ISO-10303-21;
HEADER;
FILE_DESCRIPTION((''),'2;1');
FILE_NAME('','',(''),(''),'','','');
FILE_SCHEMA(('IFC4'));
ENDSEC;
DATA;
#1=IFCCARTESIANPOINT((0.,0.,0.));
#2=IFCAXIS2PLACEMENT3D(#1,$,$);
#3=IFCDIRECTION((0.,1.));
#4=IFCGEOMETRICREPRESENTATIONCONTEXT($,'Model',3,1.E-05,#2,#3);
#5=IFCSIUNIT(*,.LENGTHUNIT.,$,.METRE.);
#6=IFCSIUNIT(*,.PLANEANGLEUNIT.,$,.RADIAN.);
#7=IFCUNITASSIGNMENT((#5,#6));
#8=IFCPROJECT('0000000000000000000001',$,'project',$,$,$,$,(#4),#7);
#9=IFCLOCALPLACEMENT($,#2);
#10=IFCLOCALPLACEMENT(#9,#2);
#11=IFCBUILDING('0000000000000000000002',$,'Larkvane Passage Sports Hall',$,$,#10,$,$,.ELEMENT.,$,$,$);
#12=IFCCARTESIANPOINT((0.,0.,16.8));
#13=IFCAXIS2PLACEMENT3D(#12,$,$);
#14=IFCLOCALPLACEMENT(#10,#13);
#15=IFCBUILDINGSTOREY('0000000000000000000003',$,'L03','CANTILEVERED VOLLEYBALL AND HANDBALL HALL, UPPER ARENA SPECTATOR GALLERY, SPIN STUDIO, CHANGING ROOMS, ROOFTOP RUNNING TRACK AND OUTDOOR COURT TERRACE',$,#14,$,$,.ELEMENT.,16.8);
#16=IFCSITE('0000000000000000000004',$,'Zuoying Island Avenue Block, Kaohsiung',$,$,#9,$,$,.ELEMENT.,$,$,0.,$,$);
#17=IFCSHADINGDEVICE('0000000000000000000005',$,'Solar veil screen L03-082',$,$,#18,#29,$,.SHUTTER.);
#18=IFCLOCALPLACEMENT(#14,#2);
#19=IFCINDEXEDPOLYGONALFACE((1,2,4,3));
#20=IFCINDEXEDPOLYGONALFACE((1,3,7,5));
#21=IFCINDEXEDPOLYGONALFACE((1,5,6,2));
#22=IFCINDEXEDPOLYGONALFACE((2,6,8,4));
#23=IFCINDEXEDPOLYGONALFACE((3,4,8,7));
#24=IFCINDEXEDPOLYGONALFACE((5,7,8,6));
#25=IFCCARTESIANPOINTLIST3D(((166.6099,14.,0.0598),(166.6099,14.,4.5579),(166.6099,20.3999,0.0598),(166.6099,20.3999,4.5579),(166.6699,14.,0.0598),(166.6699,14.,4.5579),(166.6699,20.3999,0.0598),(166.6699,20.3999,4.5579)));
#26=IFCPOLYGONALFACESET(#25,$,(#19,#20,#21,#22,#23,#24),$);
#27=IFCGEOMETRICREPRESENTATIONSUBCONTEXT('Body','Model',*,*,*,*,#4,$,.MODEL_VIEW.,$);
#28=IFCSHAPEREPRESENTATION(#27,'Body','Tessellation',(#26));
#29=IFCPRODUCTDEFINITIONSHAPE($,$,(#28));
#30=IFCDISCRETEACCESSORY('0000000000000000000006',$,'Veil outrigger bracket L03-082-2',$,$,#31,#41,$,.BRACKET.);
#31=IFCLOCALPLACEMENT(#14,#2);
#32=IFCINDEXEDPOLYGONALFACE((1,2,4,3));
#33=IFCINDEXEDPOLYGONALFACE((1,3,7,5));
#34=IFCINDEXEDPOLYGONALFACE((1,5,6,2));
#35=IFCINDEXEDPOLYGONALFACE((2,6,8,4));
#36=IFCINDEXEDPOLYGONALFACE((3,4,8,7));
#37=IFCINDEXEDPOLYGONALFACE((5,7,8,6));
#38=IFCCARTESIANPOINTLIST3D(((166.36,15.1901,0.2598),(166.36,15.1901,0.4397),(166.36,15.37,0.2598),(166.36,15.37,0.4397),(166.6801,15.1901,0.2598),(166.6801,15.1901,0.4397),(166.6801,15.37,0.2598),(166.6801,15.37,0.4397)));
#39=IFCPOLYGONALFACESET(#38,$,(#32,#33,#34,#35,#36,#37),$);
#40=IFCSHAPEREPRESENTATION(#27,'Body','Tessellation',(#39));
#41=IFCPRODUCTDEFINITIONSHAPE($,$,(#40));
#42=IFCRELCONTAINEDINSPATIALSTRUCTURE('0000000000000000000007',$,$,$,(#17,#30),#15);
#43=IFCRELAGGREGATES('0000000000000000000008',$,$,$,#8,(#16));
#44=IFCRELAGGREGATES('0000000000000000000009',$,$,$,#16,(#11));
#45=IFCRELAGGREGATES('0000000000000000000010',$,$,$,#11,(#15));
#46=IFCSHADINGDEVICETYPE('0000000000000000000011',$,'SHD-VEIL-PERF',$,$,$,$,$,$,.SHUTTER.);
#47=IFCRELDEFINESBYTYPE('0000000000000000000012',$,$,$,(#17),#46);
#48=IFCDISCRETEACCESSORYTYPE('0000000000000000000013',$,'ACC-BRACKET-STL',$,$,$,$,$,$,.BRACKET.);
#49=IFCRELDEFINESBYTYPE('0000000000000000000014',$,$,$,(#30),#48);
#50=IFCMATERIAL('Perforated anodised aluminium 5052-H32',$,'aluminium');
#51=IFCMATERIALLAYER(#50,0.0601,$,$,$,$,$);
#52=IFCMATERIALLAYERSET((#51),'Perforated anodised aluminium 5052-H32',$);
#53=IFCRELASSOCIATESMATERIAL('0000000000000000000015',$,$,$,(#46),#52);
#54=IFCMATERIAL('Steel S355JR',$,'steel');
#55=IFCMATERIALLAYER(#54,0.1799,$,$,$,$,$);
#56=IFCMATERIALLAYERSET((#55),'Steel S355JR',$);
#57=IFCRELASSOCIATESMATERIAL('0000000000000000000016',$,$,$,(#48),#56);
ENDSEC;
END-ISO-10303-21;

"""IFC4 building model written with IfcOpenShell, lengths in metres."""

from ifc_helpers import new_model, si_unit, direction, frame, origin, origin_2d, place, context, subcontext, project, spatial, rectangle, extrude, material, layer, layer_set, type_object, element, save


model = new_model("IFC4")

# Units and contexts
model_context = context("Model", 3, precision=1e-05, world=origin(), true_north=direction((0.0, 1.0)))
body_context = subcontext(model_context, "Body", "Model", "MODEL_VIEW")
ifc_project = project(units=[si_unit("LENGTHUNIT", "METRE"), si_unit("PLANEANGLEUNIT", "RADIAN")], contexts=[model_context])

# Site, building, storey
site_placement = place(None, origin())
site = spatial("IfcSite", under=ifc_project, at=site_placement, Name="Zuoying Island Avenue Block, Kaohsiung", CompositionType="ELEMENT", RefElevation=0.0)
building_placement = place(site_placement, origin())
building = spatial("IfcBuilding", under=site, at=building_placement, Name="Larkvane Passage Sports Hall", CompositionType="ELEMENT")
storey_placement = place(building_placement, frame((0.0, 0.0, 16.8)))
storey = spatial("IfcBuildingStorey", under=building, at=storey_placement, Name="L03", Description="CANTILEVERED VOLLEYBALL AND HANDBALL HALL, UPPER ARENA SPECTATOR GALLERY, SPIN STUDIO, CHANGING ROOMS, ROOFTOP RUNNING TRACK AND OUTDOOR COURT TERRACE", CompositionType="ELEMENT", Elevation=16.8)

# Shading device
ifc_material_1 = material(Name="Perforated anodised aluminium 5052-H32", Category="aluminium")
ifc_layer_1 = layer(ifc_material_1, 0.0601)
ifc_layer_set_1 = layer_set([ifc_layer_1], Name="Perforated anodised aluminium 5052-H32")
shading_device_type = type_object("IfcShadingDeviceType", Name="SHD-VEIL-PERF", PredefinedType="SHUTTER", material=ifc_layer_set_1)
shading_device_placement = place(storey_placement, frame((166.6399, 17.2, 0.0598), z_axis=(0.0, 0.0, 1.0), x_axis=(0.0, -1.0, 0.0)))
element("IfcShadingDevice", 1, at=shading_device_placement, inside=storey, type_object=shading_device_type, Name="Solar veil screen L03-082", PredefinedType="SHUTTER", context=body_context, shape_type="SweptSolid", body=[
    extrude(rectangle(XDim=6.3999, YDim=0.0601, at=origin_2d()), origin(), (0.0, 0.0, 1.0), 4.498),
])

# Discrete accessory
ifc_material_2 = material(Name="Steel S355JR", Category="steel")
ifc_layer_2 = layer(ifc_material_2, 0.1799)
ifc_layer_set_2 = layer_set([ifc_layer_2], Name="Steel S355JR")
discrete_accessory_type = type_object("IfcDiscreteAccessoryType", Name="ACC-BRACKET-STL", PredefinedType="BRACKET", material=ifc_layer_set_2)
discrete_accessory_placement = place(storey_placement, frame((166.52, 15.28, 0.2598), z_axis=(0.0, 0.0, 1.0), x_axis=(0.0, -1.0, 0.0)))
element("IfcDiscreteAccessory", 2, at=discrete_accessory_placement, inside=storey, type_object=discrete_accessory_type, Name="Veil outrigger bracket L03-082-2", PredefinedType="BRACKET", context=body_context, shape_type="SweptSolid", body=[
    extrude(rectangle(XDim=0.1799, YDim=0.3201, at=origin_2d()), origin(), (0.0, 0.0, 1.0), 0.1799),
])

save(model, "model.ifc")
